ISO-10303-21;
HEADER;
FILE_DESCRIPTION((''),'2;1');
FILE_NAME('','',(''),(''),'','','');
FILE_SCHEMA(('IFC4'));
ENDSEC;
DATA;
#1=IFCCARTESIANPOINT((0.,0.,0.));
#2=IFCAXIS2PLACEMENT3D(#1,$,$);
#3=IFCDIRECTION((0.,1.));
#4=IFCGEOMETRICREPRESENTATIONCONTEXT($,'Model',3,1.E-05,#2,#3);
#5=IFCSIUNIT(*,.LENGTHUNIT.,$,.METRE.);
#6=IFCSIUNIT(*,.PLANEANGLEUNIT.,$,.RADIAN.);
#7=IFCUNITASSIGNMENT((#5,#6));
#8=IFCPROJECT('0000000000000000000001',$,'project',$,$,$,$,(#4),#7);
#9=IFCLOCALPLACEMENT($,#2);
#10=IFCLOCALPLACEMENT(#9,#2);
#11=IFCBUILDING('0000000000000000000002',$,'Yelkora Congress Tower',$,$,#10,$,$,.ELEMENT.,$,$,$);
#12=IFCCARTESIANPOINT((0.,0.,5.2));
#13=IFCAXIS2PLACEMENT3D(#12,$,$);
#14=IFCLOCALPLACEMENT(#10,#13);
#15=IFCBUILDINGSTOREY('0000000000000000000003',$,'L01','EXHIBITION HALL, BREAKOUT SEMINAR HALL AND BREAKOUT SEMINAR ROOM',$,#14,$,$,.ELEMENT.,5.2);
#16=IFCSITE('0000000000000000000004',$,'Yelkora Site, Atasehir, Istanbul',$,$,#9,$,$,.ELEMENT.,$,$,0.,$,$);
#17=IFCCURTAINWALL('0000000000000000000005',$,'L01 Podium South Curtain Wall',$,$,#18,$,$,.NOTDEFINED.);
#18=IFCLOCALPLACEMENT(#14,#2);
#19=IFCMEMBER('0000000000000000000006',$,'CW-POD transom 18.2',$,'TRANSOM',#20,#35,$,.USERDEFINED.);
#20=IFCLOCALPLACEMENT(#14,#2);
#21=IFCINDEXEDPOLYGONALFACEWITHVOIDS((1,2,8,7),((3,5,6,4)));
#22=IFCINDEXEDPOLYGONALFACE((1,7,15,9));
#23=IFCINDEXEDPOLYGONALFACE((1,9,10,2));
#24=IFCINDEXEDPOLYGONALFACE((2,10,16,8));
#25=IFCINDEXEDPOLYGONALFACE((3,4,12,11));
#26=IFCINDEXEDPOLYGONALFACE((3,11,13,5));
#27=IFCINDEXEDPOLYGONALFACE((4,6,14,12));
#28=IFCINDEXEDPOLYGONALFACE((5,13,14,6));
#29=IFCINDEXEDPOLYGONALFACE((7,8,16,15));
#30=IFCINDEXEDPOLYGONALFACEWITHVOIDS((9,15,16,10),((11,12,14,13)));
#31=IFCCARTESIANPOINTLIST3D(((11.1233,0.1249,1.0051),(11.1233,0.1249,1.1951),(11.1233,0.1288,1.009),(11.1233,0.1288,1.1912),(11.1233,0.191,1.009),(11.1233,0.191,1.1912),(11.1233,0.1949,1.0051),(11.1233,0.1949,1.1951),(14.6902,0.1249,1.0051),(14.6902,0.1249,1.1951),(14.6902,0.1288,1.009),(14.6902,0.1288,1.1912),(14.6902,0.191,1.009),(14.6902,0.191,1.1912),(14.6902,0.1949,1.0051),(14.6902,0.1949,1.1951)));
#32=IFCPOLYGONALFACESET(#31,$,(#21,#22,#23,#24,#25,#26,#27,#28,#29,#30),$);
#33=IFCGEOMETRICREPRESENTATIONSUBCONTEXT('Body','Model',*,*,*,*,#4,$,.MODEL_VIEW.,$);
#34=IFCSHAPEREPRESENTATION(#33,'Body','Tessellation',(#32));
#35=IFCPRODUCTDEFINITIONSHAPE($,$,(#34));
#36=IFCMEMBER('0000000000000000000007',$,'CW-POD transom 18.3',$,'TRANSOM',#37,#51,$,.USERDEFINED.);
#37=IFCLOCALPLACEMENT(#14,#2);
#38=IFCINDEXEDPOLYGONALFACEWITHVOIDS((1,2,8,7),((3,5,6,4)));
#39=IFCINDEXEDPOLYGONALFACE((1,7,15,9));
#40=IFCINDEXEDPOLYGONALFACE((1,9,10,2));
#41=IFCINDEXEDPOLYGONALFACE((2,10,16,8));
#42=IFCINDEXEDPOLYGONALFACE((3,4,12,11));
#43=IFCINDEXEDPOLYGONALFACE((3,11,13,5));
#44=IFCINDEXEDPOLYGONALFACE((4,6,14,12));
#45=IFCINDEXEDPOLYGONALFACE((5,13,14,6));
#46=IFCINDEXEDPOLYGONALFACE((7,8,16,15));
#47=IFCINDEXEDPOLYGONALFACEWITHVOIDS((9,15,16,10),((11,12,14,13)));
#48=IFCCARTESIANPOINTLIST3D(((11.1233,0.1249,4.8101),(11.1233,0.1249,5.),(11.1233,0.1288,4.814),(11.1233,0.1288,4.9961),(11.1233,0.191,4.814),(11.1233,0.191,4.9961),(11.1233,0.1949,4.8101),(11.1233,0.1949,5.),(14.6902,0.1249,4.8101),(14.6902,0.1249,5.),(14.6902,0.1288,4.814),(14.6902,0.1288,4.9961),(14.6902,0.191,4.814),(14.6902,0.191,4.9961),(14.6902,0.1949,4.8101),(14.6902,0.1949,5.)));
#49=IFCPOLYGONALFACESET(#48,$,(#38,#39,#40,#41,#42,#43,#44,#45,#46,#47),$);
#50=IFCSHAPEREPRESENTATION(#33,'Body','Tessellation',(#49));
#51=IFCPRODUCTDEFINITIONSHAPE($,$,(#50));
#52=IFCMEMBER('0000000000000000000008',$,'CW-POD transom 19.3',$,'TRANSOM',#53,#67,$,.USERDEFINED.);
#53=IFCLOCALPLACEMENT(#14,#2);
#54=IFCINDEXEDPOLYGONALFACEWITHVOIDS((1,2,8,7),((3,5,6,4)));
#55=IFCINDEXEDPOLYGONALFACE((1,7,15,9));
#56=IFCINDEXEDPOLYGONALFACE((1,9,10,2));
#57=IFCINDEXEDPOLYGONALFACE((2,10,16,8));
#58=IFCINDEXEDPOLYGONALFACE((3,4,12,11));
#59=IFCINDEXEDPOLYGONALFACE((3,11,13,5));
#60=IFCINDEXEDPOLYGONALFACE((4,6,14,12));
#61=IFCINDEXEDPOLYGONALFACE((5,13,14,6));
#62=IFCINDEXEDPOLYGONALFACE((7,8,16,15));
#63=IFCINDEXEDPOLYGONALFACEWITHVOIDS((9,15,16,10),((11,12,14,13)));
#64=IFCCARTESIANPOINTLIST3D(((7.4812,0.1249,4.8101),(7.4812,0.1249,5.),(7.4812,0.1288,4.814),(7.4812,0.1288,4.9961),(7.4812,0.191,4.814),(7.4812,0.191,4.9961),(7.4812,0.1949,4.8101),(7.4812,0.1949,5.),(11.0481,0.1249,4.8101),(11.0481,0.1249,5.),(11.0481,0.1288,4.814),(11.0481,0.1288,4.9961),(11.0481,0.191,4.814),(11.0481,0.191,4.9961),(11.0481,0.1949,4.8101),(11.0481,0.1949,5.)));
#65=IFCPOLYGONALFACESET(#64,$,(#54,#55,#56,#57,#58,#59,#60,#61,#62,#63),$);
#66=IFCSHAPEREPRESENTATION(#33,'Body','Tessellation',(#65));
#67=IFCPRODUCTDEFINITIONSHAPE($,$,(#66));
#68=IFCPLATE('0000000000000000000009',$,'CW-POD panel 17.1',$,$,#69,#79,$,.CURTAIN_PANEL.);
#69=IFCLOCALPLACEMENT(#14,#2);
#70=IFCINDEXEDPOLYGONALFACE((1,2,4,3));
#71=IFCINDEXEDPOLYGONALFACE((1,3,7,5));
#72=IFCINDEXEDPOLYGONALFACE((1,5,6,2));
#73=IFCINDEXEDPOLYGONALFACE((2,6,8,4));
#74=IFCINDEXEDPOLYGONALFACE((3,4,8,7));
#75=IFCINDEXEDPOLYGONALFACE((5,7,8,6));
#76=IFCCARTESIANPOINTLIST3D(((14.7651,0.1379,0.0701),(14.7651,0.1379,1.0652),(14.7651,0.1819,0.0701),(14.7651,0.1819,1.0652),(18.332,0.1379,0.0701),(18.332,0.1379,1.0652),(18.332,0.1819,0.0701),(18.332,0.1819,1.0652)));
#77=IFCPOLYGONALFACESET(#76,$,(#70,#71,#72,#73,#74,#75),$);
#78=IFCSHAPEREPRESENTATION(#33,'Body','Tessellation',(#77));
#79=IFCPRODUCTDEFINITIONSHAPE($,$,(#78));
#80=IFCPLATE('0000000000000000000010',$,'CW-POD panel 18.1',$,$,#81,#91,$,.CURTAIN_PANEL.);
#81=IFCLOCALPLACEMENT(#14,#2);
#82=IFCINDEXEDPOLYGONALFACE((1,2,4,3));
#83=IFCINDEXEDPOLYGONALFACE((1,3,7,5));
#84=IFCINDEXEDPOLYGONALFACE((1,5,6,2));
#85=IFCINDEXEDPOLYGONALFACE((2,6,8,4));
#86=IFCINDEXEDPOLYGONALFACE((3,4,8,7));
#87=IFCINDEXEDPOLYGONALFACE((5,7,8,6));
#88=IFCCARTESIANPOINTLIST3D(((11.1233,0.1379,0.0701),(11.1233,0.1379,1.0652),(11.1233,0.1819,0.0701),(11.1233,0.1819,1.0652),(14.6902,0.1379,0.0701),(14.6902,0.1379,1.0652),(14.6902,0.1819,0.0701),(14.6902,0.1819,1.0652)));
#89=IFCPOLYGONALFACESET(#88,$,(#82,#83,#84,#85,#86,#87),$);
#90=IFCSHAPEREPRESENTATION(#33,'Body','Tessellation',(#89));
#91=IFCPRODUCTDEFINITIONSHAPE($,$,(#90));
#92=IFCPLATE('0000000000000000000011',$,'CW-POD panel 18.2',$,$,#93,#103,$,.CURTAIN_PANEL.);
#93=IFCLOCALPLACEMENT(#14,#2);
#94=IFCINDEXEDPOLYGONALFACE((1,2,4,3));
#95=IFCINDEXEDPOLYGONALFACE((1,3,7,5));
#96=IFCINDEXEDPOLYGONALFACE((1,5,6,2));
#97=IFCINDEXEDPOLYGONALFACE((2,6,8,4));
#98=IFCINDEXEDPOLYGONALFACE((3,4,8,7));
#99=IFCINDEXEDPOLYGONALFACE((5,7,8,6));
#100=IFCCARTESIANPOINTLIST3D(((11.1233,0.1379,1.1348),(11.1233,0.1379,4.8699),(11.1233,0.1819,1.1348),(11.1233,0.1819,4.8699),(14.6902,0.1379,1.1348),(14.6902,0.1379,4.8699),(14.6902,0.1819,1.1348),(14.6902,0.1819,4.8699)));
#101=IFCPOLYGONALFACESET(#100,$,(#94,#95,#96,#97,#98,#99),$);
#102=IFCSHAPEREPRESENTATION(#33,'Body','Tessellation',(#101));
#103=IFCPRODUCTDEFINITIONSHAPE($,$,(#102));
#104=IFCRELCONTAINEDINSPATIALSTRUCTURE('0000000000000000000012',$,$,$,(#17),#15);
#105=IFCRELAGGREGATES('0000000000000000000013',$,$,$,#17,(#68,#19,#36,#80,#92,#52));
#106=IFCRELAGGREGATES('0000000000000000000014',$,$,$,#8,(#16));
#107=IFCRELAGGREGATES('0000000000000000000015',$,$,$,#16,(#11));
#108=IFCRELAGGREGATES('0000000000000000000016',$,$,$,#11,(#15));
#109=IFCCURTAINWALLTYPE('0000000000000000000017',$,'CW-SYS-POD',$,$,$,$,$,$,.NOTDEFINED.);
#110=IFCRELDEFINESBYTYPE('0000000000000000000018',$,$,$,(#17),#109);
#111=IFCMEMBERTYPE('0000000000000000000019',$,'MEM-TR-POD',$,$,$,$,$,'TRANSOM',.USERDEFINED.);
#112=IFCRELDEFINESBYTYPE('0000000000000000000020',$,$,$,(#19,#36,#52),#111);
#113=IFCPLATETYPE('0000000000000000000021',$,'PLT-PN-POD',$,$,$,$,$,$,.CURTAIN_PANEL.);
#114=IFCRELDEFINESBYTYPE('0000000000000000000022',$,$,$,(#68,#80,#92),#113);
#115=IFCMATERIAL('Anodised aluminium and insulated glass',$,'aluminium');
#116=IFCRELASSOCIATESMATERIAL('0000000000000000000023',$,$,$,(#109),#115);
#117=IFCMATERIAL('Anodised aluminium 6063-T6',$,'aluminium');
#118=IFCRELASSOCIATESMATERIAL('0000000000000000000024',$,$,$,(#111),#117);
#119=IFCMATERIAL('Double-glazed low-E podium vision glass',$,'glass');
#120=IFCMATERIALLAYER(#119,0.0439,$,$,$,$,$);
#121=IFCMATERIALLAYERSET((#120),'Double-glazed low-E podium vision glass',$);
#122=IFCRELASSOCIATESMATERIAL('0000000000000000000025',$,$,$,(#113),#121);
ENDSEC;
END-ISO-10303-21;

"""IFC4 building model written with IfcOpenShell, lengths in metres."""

from ifc_helpers import new_model, si_unit, direction, frame, origin, origin_2d, place, context, subcontext, project, spatial, rectangle, hollow_rectangle, extrude, material, layer, layer_set, material_profile, profile_set, type_object, element, aggregate, save


model = new_model("IFC4")

# Units and contexts
model_context = context("Model", 3, precision=1e-05, world=origin(), true_north=direction((0.0, 1.0)))
body_context = subcontext(model_context, "Body", "Model", "MODEL_VIEW")
ifc_project = project(units=[si_unit("LENGTHUNIT", "METRE"), si_unit("PLANEANGLEUNIT", "RADIAN")], contexts=[model_context])

# Site, building, storey
site_placement = place(None, origin())
site = spatial("IfcSite", under=ifc_project, at=site_placement, Name="Yelkora Site, Atasehir, Istanbul", CompositionType="ELEMENT", RefElevation=0.0)
building_placement = place(site_placement, origin())
building = spatial("IfcBuilding", under=site, at=building_placement, Name="Yelkora Congress Tower", CompositionType="ELEMENT")
storey_placement = place(building_placement, frame((0.0, 0.0, 5.2)))
storey = spatial("IfcBuildingStorey", under=building, at=storey_placement, Name="L01", Description="EXHIBITION HALL, BREAKOUT SEMINAR HALL AND BREAKOUT SEMINAR ROOM", CompositionType="ELEMENT", Elevation=5.2)

# Curtain wall, members, plates
ifc_material_1 = material(Name="Anodised aluminium and insulated glass", Category="aluminium")
curtain_wall_type = type_object("IfcCurtainWallType", Name="CW-SYS-POD", PredefinedType="NOTDEFINED", material=ifc_material_1)
curtain_wall_placement = place(storey_placement, origin())
curtain_wall = element("IfcCurtainWall", 1, at=curtain_wall_placement, inside=storey, type_object=curtain_wall_type, Name="L01 Podium South Curtain Wall", PredefinedType="NOTDEFINED")
ifc_material_2 = material(Name="Anodised aluminium 6063-T6", Category="aluminium")
ifc_material_profile_1 = material_profile(ifc_material_2, hollow_rectangle(XDim=0.0701, YDim=0.1899, WallThickness=0.0039, at=origin_2d()), Name="ALU 70x190x4")
ifc_profile_set_1 = profile_set([ifc_material_profile_1], Name="Anodised aluminium 6063-T6")
member_type_1 = type_object("IfcMemberType", Name="MEM-TR-POD", ElementType="TRANSOM", PredefinedType="USERDEFINED", material=ifc_profile_set_1)
member_1_placement = place(storey_placement, frame((14.6902, 0.1599, 1.1001), z_axis=(-1.0, 0.0, 0.0), x_axis=(0.0, -1.0, 0.0)))
member_1 = element("IfcMember", 2, at=member_1_placement, type_object=member_type_1, Name="CW-POD transom 18.2", ObjectType="TRANSOM", PredefinedType="USERDEFINED", context=body_context, shape_type="SweptSolid", body=[
    extrude(hollow_rectangle(XDim=0.0701, YDim=0.1899, WallThickness=0.0039, at=origin_2d()), origin(), (0.0, 0.0, 1.0), 3.5669),
])
member_2_placement = place(storey_placement, frame((14.6902, 0.1599, 4.905), z_axis=(-1.0, 0.0, 0.0), x_axis=(0.0, -1.0, 0.0)))
member_2 = element("IfcMember", 3, at=member_2_placement, type_object=member_type_1, Name="CW-POD transom 18.3", ObjectType="TRANSOM", PredefinedType="USERDEFINED", context=body_context, shape_type="SweptSolid", body=[
    extrude(hollow_rectangle(XDim=0.0701, YDim=0.1899, WallThickness=0.0039, at=origin_2d()), origin(), (0.0, 0.0, 1.0), 3.5669),
])
member_3_placement = place(storey_placement, frame((11.0481, 0.1599, 4.905), z_axis=(-1.0, 0.0, 0.0), x_axis=(0.0, -1.0, 0.0)))
member_3 = element("IfcMember", 4, at=member_3_placement, type_object=member_type_1, Name="CW-POD transom 19.3", ObjectType="TRANSOM", PredefinedType="USERDEFINED", context=body_context, shape_type="SweptSolid", body=[
    extrude(hollow_rectangle(XDim=0.0701, YDim=0.1899, WallThickness=0.0039, at=origin_2d()), origin(), (0.0, 0.0, 1.0), 3.5669),
])
ifc_material_3 = material(Name="Double-glazed low-E podium vision glass", Category="glass")
ifc_layer = layer(ifc_material_3, 0.0439)
ifc_layer_set = layer_set([ifc_layer], Name="Double-glazed low-E podium vision glass")
plate_type = type_object("IfcPlateType", Name="PLT-PN-POD", PredefinedType="CURTAIN_PANEL", material=ifc_layer_set)
plate_1_placement = place(storey_placement, frame((16.5486, 0.1599, 0.0701), z_axis=(0.0, 0.0, 1.0), x_axis=(-1.0, 0.0, 0.0)))
plate_1 = element("IfcPlate", 5, at=plate_1_placement, type_object=plate_type, Name="CW-POD panel 17.1", PredefinedType="CURTAIN_PANEL", context=body_context, shape_type="SweptSolid", body=[
    extrude(rectangle(XDim=3.5669, YDim=0.0439, at=origin_2d()), origin(), (0.0, 0.0, 1.0), 0.9951),
])
plate_2_placement = place(storey_placement, frame((12.9067, 0.1599, 0.0701), z_axis=(0.0, 0.0, 1.0), x_axis=(-1.0, 0.0, 0.0)))
plate_2 = element("IfcPlate", 6, at=plate_2_placement, type_object=plate_type, Name="CW-POD panel 18.1", PredefinedType="CURTAIN_PANEL", context=body_context, shape_type="SweptSolid", body=[
    extrude(rectangle(XDim=3.5669, YDim=0.0439, at=origin_2d()), origin(), (0.0, 0.0, 1.0), 0.9951),
])
plate_3_placement = place(storey_placement, frame((12.9067, 0.1599, 1.1348), z_axis=(0.0, 0.0, 1.0), x_axis=(-1.0, 0.0, 0.0)))
plate_3 = element("IfcPlate", 7, at=plate_3_placement, type_object=plate_type, Name="CW-POD panel 18.2", PredefinedType="CURTAIN_PANEL", context=body_context, shape_type="SweptSolid", body=[
    extrude(rectangle(XDim=3.5669, YDim=0.0439, at=origin_2d()), origin(), (0.0, 0.0, 1.0), 3.7351),
])
aggregate(curtain_wall, [plate_1, member_1, member_2, plate_2, plate_3, member_3])

save(model, "model.ifc")
